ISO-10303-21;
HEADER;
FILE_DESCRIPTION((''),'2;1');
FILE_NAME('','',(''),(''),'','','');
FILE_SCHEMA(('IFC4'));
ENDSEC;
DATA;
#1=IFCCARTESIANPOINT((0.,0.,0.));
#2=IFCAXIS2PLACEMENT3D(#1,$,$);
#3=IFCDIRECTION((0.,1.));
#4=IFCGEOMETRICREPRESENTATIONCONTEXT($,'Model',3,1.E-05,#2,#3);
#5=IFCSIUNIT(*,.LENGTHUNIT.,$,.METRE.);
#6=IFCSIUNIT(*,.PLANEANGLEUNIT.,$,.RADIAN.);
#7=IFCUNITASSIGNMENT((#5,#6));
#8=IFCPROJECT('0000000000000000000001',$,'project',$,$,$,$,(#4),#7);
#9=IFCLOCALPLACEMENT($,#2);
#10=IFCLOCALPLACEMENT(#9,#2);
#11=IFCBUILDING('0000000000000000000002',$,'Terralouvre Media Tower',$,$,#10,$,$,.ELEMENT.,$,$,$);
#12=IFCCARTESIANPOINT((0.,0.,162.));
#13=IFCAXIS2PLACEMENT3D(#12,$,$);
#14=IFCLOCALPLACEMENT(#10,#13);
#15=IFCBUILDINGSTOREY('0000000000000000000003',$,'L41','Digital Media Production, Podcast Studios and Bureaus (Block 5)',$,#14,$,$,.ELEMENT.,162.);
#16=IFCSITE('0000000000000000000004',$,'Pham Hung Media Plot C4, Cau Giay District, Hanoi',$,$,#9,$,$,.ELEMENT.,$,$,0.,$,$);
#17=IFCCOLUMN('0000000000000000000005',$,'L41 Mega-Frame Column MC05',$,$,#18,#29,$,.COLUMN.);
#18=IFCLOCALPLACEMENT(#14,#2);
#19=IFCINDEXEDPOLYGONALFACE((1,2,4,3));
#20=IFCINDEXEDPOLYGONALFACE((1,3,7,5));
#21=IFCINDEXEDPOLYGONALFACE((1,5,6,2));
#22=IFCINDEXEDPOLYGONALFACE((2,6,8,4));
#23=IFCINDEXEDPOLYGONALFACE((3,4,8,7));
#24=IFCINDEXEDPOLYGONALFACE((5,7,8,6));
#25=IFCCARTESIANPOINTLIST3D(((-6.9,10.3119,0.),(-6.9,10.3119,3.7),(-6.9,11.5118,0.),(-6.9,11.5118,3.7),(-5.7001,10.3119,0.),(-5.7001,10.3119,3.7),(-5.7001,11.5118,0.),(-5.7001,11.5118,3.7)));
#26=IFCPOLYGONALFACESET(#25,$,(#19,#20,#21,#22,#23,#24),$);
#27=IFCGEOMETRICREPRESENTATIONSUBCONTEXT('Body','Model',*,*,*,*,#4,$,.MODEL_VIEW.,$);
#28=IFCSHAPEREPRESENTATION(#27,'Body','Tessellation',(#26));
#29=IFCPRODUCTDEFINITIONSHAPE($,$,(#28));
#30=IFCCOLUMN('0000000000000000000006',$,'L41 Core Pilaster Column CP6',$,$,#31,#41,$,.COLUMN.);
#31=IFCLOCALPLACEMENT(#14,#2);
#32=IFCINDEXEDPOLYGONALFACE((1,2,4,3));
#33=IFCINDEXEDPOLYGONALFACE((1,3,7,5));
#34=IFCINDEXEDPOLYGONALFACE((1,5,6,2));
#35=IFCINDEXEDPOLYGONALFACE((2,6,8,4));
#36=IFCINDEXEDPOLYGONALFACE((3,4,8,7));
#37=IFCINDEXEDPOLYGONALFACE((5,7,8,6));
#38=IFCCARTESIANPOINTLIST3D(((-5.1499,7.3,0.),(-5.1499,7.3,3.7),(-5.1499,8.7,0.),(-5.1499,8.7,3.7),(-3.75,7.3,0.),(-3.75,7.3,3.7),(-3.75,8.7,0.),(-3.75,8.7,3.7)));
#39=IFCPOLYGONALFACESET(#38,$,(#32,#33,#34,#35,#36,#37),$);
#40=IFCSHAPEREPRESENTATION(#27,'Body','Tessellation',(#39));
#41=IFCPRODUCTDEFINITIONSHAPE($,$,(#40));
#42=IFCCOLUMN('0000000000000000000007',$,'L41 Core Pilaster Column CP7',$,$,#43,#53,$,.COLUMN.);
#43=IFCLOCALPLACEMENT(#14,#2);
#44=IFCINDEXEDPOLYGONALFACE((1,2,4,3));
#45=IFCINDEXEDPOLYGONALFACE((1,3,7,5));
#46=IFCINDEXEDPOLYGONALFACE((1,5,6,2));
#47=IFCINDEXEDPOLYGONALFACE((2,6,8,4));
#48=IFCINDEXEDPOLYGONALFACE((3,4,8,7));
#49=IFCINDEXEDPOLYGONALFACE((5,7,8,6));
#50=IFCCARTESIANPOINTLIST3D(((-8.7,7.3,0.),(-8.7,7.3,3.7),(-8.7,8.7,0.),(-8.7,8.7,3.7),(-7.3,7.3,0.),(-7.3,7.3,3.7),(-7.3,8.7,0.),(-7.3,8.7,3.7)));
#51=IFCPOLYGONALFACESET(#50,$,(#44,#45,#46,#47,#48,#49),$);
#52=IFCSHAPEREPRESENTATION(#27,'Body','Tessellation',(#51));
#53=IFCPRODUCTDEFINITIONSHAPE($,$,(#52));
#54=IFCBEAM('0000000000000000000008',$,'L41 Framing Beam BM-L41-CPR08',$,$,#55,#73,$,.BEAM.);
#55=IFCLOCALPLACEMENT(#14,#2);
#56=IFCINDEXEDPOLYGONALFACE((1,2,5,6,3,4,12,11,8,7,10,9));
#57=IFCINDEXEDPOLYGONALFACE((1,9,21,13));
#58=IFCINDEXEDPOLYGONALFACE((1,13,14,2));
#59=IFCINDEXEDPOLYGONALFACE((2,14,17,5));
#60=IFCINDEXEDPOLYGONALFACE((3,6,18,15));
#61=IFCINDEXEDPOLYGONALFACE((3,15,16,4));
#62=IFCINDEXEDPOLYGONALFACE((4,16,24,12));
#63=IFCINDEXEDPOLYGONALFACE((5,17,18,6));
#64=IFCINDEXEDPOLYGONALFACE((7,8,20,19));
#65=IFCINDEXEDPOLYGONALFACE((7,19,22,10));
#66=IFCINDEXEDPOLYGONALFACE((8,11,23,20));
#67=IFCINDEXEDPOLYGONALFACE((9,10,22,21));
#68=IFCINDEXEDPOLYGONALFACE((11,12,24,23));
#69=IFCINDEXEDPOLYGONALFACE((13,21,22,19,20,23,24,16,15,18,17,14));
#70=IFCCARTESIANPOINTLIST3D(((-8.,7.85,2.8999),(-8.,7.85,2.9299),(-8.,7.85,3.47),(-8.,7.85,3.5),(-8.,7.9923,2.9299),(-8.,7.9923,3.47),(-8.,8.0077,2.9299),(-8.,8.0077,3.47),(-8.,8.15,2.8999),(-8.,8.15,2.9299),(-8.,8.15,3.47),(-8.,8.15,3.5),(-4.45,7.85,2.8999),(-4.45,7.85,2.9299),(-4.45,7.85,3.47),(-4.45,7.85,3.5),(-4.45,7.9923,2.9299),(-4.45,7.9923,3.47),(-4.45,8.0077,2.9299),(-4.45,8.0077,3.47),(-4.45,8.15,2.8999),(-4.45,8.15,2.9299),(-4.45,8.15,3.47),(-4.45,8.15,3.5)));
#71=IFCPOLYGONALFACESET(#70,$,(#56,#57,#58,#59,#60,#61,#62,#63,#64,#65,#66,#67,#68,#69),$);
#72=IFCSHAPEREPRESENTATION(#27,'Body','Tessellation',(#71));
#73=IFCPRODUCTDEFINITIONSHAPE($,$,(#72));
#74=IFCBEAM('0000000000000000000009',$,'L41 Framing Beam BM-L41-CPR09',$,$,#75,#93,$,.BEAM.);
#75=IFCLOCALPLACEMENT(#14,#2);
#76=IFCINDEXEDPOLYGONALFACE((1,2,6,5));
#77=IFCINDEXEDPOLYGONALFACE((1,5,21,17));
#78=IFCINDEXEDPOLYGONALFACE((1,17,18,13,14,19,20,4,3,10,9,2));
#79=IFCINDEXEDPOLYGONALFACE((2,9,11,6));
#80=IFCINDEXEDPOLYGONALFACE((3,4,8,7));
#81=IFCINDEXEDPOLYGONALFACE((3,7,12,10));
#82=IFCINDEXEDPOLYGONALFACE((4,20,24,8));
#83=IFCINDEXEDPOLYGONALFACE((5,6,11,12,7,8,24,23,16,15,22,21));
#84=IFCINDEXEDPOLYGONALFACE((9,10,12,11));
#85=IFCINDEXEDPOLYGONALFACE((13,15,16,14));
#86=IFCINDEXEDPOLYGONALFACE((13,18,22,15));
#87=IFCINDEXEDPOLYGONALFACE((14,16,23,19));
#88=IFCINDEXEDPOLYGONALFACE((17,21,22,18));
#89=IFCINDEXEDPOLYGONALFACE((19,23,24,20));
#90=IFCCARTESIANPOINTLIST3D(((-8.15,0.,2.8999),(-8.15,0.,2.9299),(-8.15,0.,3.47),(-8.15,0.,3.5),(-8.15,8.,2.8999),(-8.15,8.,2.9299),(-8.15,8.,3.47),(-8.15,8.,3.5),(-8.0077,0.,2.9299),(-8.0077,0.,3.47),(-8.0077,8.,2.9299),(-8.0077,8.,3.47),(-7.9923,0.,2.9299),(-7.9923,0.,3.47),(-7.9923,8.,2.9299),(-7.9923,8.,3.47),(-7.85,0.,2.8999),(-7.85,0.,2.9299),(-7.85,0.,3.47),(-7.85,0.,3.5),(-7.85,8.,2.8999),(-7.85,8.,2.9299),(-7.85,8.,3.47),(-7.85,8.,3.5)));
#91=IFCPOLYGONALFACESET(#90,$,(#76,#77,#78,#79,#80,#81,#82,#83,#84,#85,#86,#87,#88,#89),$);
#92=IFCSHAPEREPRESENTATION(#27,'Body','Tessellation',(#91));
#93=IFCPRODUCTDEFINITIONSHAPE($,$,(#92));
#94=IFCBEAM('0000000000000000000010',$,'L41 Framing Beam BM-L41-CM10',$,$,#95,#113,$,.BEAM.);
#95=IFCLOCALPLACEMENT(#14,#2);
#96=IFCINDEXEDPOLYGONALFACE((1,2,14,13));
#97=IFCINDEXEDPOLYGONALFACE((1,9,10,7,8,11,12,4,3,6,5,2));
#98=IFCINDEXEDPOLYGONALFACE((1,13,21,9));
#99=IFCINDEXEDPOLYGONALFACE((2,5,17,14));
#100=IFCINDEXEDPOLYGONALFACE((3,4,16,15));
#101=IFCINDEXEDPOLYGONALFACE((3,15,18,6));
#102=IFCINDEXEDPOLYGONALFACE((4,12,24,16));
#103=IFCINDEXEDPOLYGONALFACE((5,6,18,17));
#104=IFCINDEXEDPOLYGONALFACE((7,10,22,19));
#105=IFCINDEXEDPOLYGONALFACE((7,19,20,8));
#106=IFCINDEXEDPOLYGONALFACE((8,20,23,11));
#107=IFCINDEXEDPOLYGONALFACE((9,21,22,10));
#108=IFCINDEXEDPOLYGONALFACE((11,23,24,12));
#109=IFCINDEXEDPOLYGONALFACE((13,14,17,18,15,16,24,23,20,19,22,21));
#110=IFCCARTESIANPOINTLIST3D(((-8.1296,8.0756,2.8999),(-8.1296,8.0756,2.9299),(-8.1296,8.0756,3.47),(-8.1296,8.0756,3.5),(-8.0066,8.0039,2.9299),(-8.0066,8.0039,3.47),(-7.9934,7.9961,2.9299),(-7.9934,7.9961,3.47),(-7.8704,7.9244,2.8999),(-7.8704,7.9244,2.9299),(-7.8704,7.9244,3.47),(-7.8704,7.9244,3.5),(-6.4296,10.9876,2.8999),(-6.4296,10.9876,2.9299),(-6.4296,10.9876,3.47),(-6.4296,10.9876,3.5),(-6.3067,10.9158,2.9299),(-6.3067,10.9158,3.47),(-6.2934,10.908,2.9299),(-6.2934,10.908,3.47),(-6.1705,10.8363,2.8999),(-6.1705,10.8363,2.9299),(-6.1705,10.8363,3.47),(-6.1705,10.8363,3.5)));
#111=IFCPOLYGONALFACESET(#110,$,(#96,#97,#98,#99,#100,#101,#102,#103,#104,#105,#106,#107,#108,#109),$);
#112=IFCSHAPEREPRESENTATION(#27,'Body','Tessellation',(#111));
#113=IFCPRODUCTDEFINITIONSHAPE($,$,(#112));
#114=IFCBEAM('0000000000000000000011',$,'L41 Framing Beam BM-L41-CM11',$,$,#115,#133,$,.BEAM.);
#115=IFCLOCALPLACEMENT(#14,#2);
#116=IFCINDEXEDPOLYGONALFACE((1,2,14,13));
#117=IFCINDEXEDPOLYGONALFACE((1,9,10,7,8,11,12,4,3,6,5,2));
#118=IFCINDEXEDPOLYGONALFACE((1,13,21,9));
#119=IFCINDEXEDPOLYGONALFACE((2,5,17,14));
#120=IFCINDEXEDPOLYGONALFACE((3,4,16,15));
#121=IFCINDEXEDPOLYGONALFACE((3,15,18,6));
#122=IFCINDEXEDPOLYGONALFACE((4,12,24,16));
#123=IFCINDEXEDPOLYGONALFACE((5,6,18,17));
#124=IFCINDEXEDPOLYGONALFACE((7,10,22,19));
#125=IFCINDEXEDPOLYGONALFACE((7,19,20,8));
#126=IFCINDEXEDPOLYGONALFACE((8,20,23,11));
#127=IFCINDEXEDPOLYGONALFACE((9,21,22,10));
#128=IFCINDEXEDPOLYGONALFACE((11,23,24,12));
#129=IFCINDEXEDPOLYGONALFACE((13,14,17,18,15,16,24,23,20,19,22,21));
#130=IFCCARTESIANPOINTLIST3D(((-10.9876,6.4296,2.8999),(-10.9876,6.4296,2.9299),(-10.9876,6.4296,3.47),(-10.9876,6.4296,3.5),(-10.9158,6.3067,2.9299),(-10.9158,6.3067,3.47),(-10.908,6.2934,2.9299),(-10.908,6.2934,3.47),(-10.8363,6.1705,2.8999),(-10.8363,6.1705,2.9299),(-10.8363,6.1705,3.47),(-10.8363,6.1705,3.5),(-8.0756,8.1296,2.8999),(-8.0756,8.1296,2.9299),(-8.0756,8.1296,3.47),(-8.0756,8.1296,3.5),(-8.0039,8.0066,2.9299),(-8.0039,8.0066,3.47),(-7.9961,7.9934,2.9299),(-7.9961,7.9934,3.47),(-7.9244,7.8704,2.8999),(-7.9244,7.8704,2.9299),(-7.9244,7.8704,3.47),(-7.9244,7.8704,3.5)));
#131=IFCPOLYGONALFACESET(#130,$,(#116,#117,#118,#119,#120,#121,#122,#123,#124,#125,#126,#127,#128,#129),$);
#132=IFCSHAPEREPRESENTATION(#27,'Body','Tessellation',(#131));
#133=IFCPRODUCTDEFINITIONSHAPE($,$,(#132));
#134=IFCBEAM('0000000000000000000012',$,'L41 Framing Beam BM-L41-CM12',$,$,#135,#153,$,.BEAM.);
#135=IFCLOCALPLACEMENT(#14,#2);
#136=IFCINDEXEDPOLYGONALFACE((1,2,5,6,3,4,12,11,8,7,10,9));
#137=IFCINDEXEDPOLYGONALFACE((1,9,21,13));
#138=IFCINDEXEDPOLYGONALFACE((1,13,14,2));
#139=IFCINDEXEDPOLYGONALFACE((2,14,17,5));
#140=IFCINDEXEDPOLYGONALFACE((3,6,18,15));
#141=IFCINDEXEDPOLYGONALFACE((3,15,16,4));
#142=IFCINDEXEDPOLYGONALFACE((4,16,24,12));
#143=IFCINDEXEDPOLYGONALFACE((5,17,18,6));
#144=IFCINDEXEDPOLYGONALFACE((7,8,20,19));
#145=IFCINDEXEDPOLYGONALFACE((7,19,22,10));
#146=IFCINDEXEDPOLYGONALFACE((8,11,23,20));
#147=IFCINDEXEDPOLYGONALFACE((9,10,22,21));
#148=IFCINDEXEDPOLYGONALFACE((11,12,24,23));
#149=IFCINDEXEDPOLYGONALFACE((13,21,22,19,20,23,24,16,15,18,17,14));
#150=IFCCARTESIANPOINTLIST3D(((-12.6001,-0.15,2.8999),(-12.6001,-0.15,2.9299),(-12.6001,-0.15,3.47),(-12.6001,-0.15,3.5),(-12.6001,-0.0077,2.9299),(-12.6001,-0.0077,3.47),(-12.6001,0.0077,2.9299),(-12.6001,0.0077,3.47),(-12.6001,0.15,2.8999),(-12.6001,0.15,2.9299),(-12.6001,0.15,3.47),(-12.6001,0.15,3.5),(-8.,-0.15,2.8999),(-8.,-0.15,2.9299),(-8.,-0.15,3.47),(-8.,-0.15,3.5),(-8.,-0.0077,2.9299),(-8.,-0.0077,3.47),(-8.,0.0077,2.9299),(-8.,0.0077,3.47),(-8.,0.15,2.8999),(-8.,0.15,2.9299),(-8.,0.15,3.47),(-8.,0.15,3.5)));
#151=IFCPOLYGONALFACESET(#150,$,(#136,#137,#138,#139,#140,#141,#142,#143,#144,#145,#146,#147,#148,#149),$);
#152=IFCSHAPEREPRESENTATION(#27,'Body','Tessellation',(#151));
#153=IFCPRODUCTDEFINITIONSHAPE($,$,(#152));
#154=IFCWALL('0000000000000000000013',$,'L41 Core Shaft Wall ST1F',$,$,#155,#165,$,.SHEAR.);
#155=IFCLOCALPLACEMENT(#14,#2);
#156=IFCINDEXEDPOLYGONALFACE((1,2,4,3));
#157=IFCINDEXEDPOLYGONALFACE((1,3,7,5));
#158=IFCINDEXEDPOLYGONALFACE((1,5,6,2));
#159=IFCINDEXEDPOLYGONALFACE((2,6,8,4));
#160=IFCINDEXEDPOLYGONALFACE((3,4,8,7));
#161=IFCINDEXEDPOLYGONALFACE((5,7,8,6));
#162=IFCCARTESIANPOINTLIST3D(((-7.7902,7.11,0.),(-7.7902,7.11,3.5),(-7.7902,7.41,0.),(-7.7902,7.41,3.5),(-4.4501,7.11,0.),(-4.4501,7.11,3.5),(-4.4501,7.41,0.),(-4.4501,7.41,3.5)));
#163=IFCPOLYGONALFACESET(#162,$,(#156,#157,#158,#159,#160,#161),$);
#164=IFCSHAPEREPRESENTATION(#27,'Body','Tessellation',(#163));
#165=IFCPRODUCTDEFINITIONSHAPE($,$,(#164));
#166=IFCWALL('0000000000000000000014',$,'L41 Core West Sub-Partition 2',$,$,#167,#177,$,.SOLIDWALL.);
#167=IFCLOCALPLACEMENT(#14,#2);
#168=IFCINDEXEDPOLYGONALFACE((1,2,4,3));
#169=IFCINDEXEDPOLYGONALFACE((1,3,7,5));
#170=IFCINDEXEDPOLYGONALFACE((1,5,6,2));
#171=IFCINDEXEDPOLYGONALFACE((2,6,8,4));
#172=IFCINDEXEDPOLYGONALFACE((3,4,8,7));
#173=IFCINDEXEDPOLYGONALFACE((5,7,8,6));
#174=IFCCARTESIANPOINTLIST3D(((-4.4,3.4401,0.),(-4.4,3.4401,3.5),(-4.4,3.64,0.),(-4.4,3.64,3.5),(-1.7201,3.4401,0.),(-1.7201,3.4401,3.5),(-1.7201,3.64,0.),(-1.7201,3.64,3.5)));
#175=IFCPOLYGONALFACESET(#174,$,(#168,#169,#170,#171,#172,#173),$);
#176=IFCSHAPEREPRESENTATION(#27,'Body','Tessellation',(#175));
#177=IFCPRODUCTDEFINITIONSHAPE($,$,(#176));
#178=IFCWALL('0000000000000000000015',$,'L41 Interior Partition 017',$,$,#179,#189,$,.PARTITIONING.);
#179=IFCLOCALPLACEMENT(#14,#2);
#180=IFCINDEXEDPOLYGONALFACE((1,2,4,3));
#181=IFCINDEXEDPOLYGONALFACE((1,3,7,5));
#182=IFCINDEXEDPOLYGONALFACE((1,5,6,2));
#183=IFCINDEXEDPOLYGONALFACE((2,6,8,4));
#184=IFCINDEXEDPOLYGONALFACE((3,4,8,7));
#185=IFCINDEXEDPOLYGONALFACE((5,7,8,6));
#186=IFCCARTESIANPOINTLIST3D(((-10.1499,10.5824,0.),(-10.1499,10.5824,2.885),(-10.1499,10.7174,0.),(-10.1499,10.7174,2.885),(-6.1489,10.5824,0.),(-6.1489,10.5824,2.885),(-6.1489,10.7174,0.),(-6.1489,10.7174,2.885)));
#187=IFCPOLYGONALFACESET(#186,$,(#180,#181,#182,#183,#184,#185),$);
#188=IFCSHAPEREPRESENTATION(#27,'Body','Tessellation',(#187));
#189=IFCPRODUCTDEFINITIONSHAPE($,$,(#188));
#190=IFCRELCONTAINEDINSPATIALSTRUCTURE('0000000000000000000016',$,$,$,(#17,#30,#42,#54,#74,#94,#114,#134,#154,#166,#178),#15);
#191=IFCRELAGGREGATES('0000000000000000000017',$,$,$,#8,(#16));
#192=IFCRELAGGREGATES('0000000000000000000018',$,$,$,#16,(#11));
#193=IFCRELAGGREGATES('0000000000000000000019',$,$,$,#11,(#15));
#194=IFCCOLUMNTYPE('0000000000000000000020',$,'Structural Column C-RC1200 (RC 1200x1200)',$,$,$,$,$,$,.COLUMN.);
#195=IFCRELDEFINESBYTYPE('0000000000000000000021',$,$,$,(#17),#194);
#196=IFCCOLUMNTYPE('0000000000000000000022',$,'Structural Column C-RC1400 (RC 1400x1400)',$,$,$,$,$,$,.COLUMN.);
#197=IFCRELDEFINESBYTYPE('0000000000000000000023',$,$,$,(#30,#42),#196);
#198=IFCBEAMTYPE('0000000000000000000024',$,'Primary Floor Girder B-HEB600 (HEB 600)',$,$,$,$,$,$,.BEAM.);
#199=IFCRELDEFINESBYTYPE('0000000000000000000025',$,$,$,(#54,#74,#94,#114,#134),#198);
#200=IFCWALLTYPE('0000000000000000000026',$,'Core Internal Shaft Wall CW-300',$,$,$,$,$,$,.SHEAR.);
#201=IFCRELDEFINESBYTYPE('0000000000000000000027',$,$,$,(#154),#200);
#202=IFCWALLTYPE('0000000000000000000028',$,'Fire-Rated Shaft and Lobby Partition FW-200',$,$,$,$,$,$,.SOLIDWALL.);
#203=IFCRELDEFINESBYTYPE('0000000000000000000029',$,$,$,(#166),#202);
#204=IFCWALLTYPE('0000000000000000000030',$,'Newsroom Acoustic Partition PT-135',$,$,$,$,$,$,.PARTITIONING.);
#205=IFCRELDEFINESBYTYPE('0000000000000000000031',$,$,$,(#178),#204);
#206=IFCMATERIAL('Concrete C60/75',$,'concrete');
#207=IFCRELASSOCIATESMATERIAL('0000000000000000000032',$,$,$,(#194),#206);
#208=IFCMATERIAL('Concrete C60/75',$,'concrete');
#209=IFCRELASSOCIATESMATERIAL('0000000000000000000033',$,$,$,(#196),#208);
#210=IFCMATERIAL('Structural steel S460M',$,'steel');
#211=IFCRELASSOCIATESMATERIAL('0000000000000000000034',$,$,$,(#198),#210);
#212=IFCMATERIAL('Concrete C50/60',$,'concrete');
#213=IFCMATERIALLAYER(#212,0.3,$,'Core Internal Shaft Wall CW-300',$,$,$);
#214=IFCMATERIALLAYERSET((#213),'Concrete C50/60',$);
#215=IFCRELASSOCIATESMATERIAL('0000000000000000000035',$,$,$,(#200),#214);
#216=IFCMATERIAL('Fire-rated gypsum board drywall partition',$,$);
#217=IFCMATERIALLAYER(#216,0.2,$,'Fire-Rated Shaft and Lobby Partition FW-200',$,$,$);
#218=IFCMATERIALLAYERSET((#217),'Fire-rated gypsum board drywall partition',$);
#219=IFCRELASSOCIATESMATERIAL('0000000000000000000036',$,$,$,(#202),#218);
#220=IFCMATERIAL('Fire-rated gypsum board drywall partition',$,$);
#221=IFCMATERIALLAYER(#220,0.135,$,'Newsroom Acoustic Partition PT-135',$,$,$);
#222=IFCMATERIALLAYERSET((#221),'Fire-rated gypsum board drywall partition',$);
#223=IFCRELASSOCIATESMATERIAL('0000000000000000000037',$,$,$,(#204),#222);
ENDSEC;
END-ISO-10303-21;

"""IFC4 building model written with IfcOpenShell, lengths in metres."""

from ifc_helpers import new_model, si_unit, direction, frame, frame_2d, origin, origin_2d, place, context, subcontext, project, spatial, rectangle, i_section, extrude, material, layer, layer_set, material_profile, profile_set, type_object, element, save


model = new_model("IFC4")

# Units and contexts
model_context = context("Model", 3, precision=1e-05, world=origin(), true_north=direction((0.0, 1.0)))
body_context = subcontext(model_context, "Body", "Model", "MODEL_VIEW")
ifc_project = project(units=[si_unit("LENGTHUNIT", "METRE"), si_unit("PLANEANGLEUNIT", "RADIAN")], contexts=[model_context])

# Site, building, storey
site_placement = place(None, origin())
site = spatial("IfcSite", under=ifc_project, at=site_placement, Name="Pham Hung Media Plot C4, Cau Giay District, Hanoi", CompositionType="ELEMENT", RefElevation=0.0)
building_placement = place(site_placement, origin())
building = spatial("IfcBuilding", under=site, at=building_placement, Name="Terralouvre Media Tower", CompositionType="ELEMENT")
storey_placement = place(building_placement, frame((0.0, 0.0, 162.0)))
storey = spatial("IfcBuildingStorey", under=building, at=storey_placement, Name="L41", Description="Digital Media Production, Podcast Studios and Bureaus (Block 5)", CompositionType="ELEMENT", Elevation=162.0)

# Columns
ifc_material_1 = material(Name="Concrete C60/75", Category="concrete")
ifc_material_profile_1 = material_profile(ifc_material_1, rectangle(XDim=1.2, YDim=1.2, at=origin_2d()), Name="RC 1200x1200")
ifc_profile_set_1 = profile_set([ifc_material_profile_1], Name="Concrete C60/75")
column_type_1 = type_object("IfcColumnType", Name="Structural Column C-RC1200 (RC 1200x1200)", PredefinedType="COLUMN", material=ifc_profile_set_1)
column_placement = place(storey_placement, frame((-6.3, 10.9119, 0.0), z_axis=(0.0, 0.0, 1.0), x_axis=(1.0, 0.0, 0.0)))
element("IfcColumn", 1, at=column_placement, inside=storey, type_object=column_type_1, Name="L41 Mega-Frame Column MC05", PredefinedType="COLUMN", context=body_context, shape_type="SweptSolid", body=[
    extrude(rectangle(XDim=1.2, YDim=1.2, at=origin_2d()), origin(), (0.0, 0.0, 1.0), 3.7),
])
ifc_material_2 = material(Name="Concrete C60/75", Category="concrete")
ifc_material_profile_2 = material_profile(ifc_material_2, rectangle(XDim=1.3999, YDim=1.3999, at=origin_2d()), Name="RC 1400x1400")
ifc_profile_set_2 = profile_set([ifc_material_profile_2], Name="Concrete C60/75")
column_type_2 = type_object("IfcColumnType", Name="Structural Column C-RC1400 (RC 1400x1400)", PredefinedType="COLUMN", material=ifc_profile_set_2)
for number, where, z_axis, x_axis, name in (
    (2, (-4.45, 8.0, 0.0), (0.0, 0.0, 1.0), (1.0, 0.0, 0.0), "L41 Core Pilaster Column CP6"),
    (3, (-8.0, 8.0, 0.0), (0.0, 0.0, 1.0), (1.0, 0.0, 0.0), "L41 Core Pilaster Column CP7"),
):
    element("IfcColumn", number, at=place(storey_placement, frame(where, z_axis=z_axis, x_axis=x_axis)), inside=storey, type_object=column_type_2, Name=name, PredefinedType="COLUMN", context=body_context, shape_type="SweptSolid", body=[
        extrude(rectangle(XDim=1.3999, YDim=1.3999, at=origin_2d()), origin(), (0.0, 0.0, 1.0), 3.7),
    ])

# Beams
ifc_material_3 = material(Name="Structural steel S460M", Category="steel")
ifc_material_profile_3 = material_profile(ifc_material_3, i_section(OverallWidth=0.3, OverallDepth=0.6001, WebThickness=0.0154, FlangeThickness=0.03, at=origin_2d()), Name="HEB 600")
ifc_profile_set_3 = profile_set([ifc_material_profile_3], Name="Structural steel S460M")
beam_type = type_object("IfcBeamType", Name="Primary Floor Girder B-HEB600 (HEB 600)", PredefinedType="BEAM", material=ifc_profile_set_3)
beam_1_placement = place(storey_placement, frame((-4.45, 8.0, 3.2), z_axis=(-1.0, 0.0, 0.0), x_axis=(0.0, -1.0, 0.0)))
element("IfcBeam", 4, at=beam_1_placement, inside=storey, type_object=beam_type, Name="L41 Framing Beam BM-L41-CPR08", PredefinedType="BEAM", context=body_context, shape_type="SweptSolid", body=[
    extrude(i_section(OverallWidth=0.3, OverallDepth=0.6001, WebThickness=0.0154, FlangeThickness=0.03, at=origin_2d()), origin(), (0.0, 0.0, 1.0), 3.55),
])
beam_2_placement = place(storey_placement, frame((-8.0, 8.0, 3.2), z_axis=(0.0, -1.0, 0.0), x_axis=(1.0, 0.0, 0.0)))
element("IfcBeam", 5, at=beam_2_placement, inside=storey, type_object=beam_type, Name="L41 Framing Beam BM-L41-CPR09", PredefinedType="BEAM", context=body_context, shape_type="SweptSolid", body=[
    extrude(i_section(OverallWidth=0.3, OverallDepth=0.6001, WebThickness=0.0154, FlangeThickness=0.03, at=origin_2d()), origin(), (0.0, 0.0, 1.0), 8.0),
])
for number, where, z_axis, x_axis, name in (
    (6, (-8.0, 8.0, 3.2), (0.504173, 0.863603, 0.0), (-0.863603, 0.504173, 0.0), "L41 Framing Beam BM-L41-CM10"),
    (7, (-8.0, 8.0, 3.2), (-0.863603, -0.504173, 0.0), (0.504173, -0.863603, 0.0), "L41 Framing Beam BM-L41-CM11"),
):
    element("IfcBeam", number, at=place(storey_placement, frame(where, z_axis=z_axis, x_axis=x_axis)), inside=storey, type_object=beam_type, Name=name, PredefinedType="BEAM", context=body_context, shape_type="SweptSolid", body=[
        extrude(i_section(OverallWidth=0.3, OverallDepth=0.6001, WebThickness=0.0154, FlangeThickness=0.03, at=origin_2d()), origin(), (0.0, 0.0, 1.0), 3.3718),
    ])
beam_3_placement = place(storey_placement, frame((-8.0, 0.0, 3.2), z_axis=(-1.0, 0.0, 0.0), x_axis=(0.0, -1.0, 0.0)))
element("IfcBeam", 8, at=beam_3_placement, inside=storey, type_object=beam_type, Name="L41 Framing Beam BM-L41-CM12", PredefinedType="BEAM", context=body_context, shape_type="SweptSolid", body=[
    extrude(i_section(OverallWidth=0.3, OverallDepth=0.6001, WebThickness=0.0154, FlangeThickness=0.03, at=origin_2d()), origin(), (0.0, 0.0, 1.0), 4.6001),
])

# Shared definitions
ifc_material_4 = material(Name="Concrete C50/60", Category="concrete")
ifc_layer_1 = layer(ifc_material_4, 0.3, Name="Core Internal Shaft Wall CW-300")
ifc_layer_set_1 = layer_set([ifc_layer_1], Name="Concrete C50/60")
wall_type_1 = type_object("IfcWallType", Name="Core Internal Shaft Wall CW-300", PredefinedType="SHEAR", material=ifc_layer_set_1)

# Wall
wall_1_placement = place(storey_placement, frame((-7.79, 7.26, 0.0), z_axis=(0.0, 0.0, 1.0), x_axis=(1.0, 0.0, 0.0)))
element("IfcWall", 9, at=wall_1_placement, inside=storey, type_object=wall_type_1, Name="L41 Core Shaft Wall ST1F", PredefinedType="SHEAR", context=body_context, shape_type="SweptSolid", body=[
    extrude(rectangle(XDim=3.3401, YDim=0.3, at=frame_2d((1.6699, 0.0))), origin(), (0.0, 0.0, 1.0), 3.5),
])

# Walls
ifc_material_5 = material(Name="Fire-rated gypsum board drywall partition")
ifc_layer_2 = layer(ifc_material_5, 0.2, Name="Fire-Rated Shaft and Lobby Partition FW-200")
ifc_layer_set_2 = layer_set([ifc_layer_2], Name="Fire-rated gypsum board drywall partition")
wall_type_2 = type_object("IfcWallType", Name="Fire-Rated Shaft and Lobby Partition FW-200", PredefinedType="SOLIDWALL", material=ifc_layer_set_2)
wall_2_placement = place(storey_placement, frame((-4.3999, 3.54, 0.0), z_axis=(0.0, 0.0, 1.0), x_axis=(1.0, 0.0, 0.0)))
element("IfcWall", 10, at=wall_2_placement, inside=storey, type_object=wall_type_2, Name="L41 Core West Sub-Partition 2", PredefinedType="SOLIDWALL", context=body_context, shape_type="SweptSolid", body=[
    extrude(rectangle(XDim=2.6799, YDim=0.2, at=frame_2d((1.3398, 0.0))), origin(), (0.0, 0.0, 1.0), 3.5),
])
ifc_material_6 = material(Name="Fire-rated gypsum board drywall partition")
ifc_layer_3 = layer(ifc_material_6, 0.135, Name="Newsroom Acoustic Partition PT-135")
ifc_layer_set_3 = layer_set([ifc_layer_3], Name="Fire-rated gypsum board drywall partition")
wall_type_3 = type_object("IfcWallType", Name="Newsroom Acoustic Partition PT-135", PredefinedType="PARTITIONING", material=ifc_layer_set_3)
wall_3_placement = place(storey_placement, frame((-6.1489, 10.6499, 0.0), z_axis=(0.0, 0.0, 1.0), x_axis=(-1.0, 0.0, 0.0)))
element("IfcWall", 11, at=wall_3_placement, inside=storey, type_object=wall_type_3, Name="L41 Interior Partition 017", PredefinedType="PARTITIONING", context=body_context, shape_type="SweptSolid", body=[
    extrude(rectangle(XDim=4.001, YDim=0.135, at=frame_2d((2.0005, 0.0))), origin(), (0.0, 0.0, 1.0), 2.885),
])

save(model, "model.ifc")
